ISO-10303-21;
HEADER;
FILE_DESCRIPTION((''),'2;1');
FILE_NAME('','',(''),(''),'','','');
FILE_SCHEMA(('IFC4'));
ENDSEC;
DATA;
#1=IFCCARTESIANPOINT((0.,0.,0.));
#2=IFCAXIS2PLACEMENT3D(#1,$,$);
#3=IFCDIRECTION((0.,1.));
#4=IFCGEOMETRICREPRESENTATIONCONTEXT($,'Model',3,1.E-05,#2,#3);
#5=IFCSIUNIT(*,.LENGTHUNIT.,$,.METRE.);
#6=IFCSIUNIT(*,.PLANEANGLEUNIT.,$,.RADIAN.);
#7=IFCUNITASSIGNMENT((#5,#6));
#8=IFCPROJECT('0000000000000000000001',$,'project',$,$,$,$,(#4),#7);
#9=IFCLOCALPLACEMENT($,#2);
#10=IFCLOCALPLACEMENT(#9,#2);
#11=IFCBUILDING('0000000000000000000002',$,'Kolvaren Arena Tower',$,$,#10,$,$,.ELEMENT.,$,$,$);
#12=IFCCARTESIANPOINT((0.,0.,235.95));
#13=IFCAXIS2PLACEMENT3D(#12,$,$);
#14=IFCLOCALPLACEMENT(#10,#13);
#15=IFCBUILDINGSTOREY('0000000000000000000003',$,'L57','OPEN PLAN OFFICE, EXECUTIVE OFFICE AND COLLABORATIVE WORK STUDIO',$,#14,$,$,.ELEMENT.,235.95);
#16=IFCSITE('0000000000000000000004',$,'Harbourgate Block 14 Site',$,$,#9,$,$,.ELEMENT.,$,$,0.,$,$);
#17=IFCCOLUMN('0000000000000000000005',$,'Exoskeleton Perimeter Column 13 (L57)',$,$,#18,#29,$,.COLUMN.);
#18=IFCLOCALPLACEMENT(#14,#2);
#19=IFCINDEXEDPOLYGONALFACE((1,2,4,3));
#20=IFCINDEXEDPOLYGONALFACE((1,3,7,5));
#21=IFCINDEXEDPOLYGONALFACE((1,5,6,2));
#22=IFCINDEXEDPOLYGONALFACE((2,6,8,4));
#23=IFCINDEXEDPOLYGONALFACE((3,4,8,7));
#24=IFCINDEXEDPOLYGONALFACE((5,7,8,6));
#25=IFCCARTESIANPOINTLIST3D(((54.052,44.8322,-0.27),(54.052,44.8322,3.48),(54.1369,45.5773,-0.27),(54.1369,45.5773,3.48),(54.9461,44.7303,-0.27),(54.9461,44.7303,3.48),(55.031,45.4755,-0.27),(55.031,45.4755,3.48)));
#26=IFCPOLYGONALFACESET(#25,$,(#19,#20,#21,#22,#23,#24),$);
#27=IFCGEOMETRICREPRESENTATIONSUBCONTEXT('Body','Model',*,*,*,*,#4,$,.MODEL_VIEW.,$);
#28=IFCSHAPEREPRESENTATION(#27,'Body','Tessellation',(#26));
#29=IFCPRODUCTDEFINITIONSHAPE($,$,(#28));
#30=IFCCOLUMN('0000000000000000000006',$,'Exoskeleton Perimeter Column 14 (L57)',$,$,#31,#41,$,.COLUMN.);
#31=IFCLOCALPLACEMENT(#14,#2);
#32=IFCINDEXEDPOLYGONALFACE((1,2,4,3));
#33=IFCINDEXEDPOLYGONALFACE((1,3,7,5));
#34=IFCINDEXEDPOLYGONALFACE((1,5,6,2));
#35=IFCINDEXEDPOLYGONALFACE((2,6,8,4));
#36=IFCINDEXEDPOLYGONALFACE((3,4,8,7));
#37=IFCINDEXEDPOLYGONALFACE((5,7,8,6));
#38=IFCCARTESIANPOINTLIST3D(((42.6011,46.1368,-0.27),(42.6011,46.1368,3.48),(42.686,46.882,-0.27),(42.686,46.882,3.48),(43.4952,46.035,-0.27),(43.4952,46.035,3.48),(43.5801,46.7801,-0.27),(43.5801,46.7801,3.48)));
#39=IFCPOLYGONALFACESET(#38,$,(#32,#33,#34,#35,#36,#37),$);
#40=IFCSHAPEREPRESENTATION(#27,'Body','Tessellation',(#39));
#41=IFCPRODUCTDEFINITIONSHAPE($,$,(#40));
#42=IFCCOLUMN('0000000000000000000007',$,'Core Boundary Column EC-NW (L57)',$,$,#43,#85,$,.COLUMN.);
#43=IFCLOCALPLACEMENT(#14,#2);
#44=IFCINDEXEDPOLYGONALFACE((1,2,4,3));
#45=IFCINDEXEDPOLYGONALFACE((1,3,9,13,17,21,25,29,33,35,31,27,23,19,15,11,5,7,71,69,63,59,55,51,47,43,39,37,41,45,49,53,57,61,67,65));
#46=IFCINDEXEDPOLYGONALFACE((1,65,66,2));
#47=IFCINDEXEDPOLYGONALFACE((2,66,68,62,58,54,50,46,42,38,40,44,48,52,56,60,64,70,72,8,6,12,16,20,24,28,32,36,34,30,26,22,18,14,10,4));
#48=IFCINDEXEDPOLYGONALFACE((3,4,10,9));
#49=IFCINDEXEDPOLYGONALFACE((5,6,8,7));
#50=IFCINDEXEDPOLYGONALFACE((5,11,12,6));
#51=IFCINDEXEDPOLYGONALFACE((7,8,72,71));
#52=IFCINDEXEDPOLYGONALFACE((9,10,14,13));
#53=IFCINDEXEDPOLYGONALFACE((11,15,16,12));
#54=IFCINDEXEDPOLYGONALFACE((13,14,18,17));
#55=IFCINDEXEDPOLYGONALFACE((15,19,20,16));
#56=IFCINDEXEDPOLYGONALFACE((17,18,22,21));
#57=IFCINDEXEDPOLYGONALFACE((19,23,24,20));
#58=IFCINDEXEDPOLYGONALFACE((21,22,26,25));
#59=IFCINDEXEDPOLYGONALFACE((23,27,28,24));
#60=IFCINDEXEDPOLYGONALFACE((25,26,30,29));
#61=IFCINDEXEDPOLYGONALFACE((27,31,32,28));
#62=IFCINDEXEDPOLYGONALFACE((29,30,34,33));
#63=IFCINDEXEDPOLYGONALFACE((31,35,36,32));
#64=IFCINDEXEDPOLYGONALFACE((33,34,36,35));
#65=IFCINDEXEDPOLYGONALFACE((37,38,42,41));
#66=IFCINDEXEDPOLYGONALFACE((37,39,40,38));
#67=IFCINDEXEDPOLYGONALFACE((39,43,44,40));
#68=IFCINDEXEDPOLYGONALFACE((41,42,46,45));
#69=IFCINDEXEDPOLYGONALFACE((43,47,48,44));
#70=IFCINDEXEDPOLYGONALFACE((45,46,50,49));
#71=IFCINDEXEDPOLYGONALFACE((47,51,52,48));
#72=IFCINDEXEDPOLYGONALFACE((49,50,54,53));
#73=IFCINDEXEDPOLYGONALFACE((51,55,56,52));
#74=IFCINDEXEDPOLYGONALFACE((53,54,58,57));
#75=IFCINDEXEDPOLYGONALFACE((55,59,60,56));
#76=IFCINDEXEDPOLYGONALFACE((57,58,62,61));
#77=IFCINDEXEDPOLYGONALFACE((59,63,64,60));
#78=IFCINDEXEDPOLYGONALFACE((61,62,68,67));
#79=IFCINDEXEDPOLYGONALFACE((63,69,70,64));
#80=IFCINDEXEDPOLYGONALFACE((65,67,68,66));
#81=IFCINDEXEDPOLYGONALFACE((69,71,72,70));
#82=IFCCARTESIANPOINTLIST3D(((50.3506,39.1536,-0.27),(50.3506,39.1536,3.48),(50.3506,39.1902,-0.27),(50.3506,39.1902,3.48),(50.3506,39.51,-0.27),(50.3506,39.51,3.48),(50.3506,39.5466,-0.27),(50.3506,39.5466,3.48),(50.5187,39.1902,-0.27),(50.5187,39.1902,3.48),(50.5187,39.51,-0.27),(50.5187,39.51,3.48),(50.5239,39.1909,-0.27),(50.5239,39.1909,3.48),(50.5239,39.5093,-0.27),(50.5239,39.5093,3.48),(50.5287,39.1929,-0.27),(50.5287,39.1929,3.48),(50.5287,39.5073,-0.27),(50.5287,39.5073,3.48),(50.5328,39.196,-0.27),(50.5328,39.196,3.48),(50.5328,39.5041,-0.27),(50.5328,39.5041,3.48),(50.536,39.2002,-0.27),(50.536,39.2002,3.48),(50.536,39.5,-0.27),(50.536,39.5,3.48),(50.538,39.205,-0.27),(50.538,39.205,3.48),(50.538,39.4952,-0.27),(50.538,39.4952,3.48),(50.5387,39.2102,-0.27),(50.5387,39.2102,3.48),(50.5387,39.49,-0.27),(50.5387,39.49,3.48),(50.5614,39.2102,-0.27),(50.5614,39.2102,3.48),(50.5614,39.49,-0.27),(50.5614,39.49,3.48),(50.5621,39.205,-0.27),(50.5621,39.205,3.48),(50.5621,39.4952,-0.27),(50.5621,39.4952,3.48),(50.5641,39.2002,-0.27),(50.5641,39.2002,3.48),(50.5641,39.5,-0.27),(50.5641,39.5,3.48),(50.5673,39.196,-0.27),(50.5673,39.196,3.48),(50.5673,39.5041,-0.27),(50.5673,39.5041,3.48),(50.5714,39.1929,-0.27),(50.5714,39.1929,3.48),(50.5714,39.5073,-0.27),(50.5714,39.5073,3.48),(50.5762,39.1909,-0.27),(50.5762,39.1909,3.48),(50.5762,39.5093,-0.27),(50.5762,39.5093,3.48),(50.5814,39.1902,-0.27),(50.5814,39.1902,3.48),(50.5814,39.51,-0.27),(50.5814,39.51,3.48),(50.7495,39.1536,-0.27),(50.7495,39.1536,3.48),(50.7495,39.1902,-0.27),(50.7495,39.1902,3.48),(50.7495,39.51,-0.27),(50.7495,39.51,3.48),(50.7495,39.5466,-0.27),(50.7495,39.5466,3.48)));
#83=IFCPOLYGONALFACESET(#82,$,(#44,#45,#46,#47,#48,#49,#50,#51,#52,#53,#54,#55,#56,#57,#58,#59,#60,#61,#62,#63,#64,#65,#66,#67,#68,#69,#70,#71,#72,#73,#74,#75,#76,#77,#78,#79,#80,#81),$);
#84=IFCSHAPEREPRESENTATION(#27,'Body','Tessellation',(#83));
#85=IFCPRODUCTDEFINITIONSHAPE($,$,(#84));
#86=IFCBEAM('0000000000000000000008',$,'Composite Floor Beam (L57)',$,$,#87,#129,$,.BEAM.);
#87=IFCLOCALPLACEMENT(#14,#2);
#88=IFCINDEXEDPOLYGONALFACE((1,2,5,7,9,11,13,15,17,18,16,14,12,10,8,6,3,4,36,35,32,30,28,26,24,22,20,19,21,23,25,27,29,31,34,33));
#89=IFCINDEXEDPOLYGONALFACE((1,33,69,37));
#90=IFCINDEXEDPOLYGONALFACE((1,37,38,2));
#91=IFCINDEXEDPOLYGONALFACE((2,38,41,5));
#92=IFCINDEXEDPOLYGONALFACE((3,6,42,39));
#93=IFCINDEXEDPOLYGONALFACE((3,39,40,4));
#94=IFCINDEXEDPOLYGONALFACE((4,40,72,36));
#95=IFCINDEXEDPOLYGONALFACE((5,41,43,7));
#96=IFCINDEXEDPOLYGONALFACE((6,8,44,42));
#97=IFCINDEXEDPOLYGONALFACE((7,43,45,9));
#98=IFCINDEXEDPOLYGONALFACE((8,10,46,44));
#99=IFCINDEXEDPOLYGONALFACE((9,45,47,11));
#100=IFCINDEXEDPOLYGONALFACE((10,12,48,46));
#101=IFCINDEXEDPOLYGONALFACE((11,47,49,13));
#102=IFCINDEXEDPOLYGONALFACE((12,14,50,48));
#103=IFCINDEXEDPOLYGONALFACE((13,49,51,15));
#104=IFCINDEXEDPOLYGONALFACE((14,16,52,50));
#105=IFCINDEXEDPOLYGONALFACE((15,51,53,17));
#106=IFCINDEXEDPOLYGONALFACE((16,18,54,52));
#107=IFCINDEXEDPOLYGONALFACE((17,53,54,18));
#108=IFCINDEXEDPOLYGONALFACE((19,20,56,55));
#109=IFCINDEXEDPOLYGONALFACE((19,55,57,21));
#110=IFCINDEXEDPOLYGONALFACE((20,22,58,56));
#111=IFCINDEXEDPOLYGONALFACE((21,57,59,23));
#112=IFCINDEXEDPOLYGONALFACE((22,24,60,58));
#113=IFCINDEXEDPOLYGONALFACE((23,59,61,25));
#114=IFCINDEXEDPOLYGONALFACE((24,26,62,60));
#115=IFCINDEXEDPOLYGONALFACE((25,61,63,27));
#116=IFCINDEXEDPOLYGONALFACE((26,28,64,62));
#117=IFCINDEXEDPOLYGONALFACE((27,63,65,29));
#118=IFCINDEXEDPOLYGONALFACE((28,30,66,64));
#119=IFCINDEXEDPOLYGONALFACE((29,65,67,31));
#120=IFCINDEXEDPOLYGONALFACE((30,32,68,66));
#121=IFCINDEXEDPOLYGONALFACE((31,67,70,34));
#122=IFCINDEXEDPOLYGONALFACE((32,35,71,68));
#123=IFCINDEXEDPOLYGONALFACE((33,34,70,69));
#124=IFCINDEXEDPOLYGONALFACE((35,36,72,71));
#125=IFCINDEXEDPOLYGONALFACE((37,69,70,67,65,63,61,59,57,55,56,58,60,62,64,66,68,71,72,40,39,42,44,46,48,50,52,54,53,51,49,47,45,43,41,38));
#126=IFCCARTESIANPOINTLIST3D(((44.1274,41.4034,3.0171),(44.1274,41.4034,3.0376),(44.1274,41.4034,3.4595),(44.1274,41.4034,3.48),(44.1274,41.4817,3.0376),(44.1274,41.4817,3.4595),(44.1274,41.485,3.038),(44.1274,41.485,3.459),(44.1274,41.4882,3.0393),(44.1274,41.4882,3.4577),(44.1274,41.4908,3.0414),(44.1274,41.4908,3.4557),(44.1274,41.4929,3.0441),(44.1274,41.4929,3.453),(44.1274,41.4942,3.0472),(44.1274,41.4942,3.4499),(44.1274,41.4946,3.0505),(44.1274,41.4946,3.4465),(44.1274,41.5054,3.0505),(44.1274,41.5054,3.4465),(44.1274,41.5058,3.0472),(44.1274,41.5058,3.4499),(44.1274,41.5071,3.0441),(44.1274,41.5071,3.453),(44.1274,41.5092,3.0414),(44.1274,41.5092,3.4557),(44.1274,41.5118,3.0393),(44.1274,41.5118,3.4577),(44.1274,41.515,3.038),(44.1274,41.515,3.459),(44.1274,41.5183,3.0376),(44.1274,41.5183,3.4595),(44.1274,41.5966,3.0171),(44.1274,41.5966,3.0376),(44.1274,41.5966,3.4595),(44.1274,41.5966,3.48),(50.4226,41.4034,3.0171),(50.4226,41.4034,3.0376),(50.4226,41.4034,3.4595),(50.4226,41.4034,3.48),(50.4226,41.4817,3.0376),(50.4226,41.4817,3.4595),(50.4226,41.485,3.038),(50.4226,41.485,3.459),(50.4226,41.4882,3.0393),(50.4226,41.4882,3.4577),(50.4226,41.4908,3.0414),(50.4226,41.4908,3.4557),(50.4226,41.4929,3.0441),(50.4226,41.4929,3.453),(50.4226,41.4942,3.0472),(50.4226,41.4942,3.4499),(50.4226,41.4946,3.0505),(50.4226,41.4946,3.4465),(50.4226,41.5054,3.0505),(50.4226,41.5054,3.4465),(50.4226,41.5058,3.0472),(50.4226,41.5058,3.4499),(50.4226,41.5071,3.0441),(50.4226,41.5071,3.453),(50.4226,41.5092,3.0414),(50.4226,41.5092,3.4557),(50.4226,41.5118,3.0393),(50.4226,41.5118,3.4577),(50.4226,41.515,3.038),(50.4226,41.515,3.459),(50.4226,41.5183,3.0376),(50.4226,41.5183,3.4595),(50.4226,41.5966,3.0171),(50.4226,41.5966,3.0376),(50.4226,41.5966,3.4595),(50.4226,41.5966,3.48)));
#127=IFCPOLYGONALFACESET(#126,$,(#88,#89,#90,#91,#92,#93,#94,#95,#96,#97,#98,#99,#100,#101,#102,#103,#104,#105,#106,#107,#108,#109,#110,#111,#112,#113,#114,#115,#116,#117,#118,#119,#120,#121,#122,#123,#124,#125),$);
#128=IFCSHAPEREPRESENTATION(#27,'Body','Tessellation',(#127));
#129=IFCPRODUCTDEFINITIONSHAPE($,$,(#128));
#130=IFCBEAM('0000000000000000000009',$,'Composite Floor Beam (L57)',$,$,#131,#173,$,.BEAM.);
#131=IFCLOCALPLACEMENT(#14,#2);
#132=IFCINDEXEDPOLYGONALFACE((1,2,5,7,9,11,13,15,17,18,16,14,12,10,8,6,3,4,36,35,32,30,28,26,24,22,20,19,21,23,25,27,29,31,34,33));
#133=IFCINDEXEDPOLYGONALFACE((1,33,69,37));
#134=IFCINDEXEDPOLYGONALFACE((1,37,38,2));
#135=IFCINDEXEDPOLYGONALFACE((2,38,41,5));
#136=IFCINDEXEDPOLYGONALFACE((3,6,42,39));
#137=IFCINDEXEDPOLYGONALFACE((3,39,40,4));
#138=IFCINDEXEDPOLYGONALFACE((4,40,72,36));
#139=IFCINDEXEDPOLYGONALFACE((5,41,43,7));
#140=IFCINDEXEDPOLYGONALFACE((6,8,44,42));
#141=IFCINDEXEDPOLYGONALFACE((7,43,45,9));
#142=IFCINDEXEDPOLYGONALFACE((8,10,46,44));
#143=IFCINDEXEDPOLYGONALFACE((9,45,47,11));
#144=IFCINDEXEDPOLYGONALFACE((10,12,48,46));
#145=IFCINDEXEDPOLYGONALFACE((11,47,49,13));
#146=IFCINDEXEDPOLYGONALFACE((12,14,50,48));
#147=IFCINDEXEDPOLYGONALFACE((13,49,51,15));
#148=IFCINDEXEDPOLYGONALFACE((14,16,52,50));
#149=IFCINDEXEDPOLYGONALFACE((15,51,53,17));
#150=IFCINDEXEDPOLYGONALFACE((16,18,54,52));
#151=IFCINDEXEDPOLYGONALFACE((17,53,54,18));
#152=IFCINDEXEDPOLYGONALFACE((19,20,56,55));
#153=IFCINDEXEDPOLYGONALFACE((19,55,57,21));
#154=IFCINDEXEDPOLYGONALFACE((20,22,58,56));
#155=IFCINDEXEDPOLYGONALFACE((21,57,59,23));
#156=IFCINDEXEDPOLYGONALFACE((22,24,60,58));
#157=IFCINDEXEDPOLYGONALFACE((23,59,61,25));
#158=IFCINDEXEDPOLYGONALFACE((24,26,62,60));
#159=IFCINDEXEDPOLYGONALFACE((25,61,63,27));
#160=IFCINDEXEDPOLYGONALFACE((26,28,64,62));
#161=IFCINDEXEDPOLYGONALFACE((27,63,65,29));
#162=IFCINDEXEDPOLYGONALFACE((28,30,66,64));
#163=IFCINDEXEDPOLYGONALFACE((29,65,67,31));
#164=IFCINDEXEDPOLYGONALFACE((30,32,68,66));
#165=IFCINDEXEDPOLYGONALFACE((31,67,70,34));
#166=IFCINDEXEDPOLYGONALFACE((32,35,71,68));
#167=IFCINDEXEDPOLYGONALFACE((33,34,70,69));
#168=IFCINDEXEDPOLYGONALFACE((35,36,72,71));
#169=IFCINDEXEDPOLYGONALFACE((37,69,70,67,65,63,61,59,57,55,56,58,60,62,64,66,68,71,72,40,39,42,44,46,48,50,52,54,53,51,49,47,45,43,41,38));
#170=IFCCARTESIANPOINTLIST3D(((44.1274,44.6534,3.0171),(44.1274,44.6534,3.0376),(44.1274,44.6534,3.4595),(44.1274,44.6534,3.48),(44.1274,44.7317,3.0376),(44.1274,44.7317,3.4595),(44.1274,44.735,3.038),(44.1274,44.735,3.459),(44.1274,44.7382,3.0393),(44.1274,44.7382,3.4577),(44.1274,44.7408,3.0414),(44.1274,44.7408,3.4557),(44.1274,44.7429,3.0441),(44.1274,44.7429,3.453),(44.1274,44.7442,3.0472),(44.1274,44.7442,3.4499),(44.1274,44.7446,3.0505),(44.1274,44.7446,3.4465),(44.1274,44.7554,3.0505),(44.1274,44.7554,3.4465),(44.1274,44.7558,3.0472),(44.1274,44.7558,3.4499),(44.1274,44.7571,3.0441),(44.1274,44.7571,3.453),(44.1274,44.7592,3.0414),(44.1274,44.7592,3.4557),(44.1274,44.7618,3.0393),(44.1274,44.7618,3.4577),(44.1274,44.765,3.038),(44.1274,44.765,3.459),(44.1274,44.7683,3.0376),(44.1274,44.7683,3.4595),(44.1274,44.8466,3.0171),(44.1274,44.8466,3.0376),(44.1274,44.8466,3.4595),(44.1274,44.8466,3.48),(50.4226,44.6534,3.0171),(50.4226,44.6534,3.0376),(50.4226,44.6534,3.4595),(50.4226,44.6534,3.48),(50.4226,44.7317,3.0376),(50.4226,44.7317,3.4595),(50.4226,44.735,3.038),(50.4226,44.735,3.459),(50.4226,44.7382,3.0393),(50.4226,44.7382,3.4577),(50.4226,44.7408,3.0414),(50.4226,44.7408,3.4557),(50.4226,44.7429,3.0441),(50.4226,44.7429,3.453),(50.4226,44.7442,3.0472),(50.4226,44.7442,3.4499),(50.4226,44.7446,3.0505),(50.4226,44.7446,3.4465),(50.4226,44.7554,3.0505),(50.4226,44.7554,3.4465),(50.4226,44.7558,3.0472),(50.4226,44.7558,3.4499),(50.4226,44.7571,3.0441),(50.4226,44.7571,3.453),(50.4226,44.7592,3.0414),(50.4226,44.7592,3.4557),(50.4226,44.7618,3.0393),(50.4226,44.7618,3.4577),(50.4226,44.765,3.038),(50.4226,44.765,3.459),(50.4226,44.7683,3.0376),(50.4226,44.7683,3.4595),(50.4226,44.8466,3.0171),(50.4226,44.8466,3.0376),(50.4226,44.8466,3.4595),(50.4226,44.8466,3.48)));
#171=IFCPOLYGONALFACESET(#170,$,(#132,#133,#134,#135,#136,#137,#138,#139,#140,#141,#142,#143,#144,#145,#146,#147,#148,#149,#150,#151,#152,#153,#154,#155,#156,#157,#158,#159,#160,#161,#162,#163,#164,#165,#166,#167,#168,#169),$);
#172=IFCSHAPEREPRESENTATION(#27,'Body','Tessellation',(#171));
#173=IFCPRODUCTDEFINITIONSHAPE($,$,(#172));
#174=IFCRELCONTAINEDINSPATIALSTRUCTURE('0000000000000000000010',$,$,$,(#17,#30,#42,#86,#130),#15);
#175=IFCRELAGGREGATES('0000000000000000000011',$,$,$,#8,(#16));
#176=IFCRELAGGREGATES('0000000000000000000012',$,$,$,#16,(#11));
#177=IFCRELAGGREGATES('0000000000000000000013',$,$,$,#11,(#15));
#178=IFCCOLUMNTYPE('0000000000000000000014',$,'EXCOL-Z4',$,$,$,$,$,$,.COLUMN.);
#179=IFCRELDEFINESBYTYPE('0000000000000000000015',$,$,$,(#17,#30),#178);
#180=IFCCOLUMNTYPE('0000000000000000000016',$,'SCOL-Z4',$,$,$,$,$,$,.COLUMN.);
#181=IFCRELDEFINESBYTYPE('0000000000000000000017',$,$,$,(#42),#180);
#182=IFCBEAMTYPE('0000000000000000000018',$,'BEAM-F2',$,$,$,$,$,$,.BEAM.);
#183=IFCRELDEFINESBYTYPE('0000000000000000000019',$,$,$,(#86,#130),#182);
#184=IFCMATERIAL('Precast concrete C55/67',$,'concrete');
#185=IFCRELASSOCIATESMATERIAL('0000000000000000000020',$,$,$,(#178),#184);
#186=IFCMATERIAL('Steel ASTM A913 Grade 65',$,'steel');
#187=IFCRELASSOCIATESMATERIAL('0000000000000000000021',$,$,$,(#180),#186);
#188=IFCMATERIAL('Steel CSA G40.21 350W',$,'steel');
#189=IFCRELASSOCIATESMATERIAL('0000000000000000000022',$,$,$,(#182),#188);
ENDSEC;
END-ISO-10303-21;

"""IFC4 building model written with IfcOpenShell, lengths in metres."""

from ifc_helpers import new_model, si_unit, direction, frame, origin, origin_2d, place, context, subcontext, project, spatial, rectangle, i_section, extrude, material, material_profile, profile_set, type_object, element, save


model = new_model("IFC4")

# Units and contexts
model_context = context("Model", 3, precision=1e-05, world=origin(), true_north=direction((0.0, 1.0)))
body_context = subcontext(model_context, "Body", "Model", "MODEL_VIEW")
ifc_project = project(units=[si_unit("LENGTHUNIT", "METRE"), si_unit("PLANEANGLEUNIT", "RADIAN")], contexts=[model_context])

# Site, building, storey
site_placement = place(None, origin())
site = spatial("IfcSite", under=ifc_project, at=site_placement, Name="Harbourgate Block 14 Site", CompositionType="ELEMENT", RefElevation=0.0)
building_placement = place(site_placement, origin())
building = spatial("IfcBuilding", under=site, at=building_placement, Name="Kolvaren Arena Tower", CompositionType="ELEMENT")
storey_placement = place(building_placement, frame((0.0, 0.0, 235.95)))
storey = spatial("IfcBuildingStorey", under=building, at=storey_placement, Name="L57", Description="OPEN PLAN OFFICE, EXECUTIVE OFFICE AND COLLABORATIVE WORK STUDIO", CompositionType="ELEMENT", Elevation=235.95)

# Columns
ifc_material_1 = material(Name="Precast concrete C55/67", Category="concrete")
ifc_material_profile_1 = material_profile(ifc_material_1, rectangle(XDim=0.8999, YDim=0.75, at=origin_2d()), Name="RC-900x750")
ifc_profile_set_1 = profile_set([ifc_material_profile_1], Name="Precast concrete C55/67")
column_type_1 = type_object("IfcColumnType", Name="EXCOL-Z4", PredefinedType="COLUMN", material=ifc_profile_set_1)
for number, where, z_axis, x_axis, name in (
    (1, (54.5415, 45.1538, -0.27), (0.0, 0.0, 1.0), (0.993572, -0.113203, 0.0), "Exoskeleton Perimeter Column 13 (L57)"),
    (2, (43.0906, 46.4585, -0.27), (0.0, 0.0, 1.0), (0.993572, -0.113203, 0.0), "Exoskeleton Perimeter Column 14 (L57)"),
):
    element("IfcColumn", number, at=place(storey_placement, frame(where, z_axis=z_axis, x_axis=x_axis)), inside=storey, type_object=column_type_1, Name=name, PredefinedType="COLUMN", context=body_context, shape_type="SweptSolid", body=[
        extrude(rectangle(XDim=0.8999, YDim=0.75, at=origin_2d()), origin(), (0.0, 0.0, 1.0), 3.75),
    ])
ifc_material_2 = material(Name="Steel ASTM A913 Grade 65", Category="steel")
ifc_material_profile_2 = material_profile(ifc_material_2, i_section(OverallWidth=0.3989, OverallDepth=0.3931, WebThickness=0.0227, FlangeThickness=0.0366, FilletRadius=0.02, at=origin_2d()), Name="W360x287")
ifc_profile_set_2 = profile_set([ifc_material_profile_2], Name="Steel ASTM A913 Grade 65")
column_type_2 = type_object("IfcColumnType", Name="SCOL-Z4", PredefinedType="COLUMN", material=ifc_profile_set_2)
column_placement = place(storey_placement, frame((50.55, 39.3501, -0.27), z_axis=(0.0, 0.0, 1.0), x_axis=(1.0, 0.0, 0.0)))
element("IfcColumn", 3, at=column_placement, inside=storey, type_object=column_type_2, Name="Core Boundary Column EC-NW (L57)", PredefinedType="COLUMN", context=body_context, shape_type="SweptSolid", body=[
    extrude(i_section(OverallWidth=0.3989, OverallDepth=0.3931, WebThickness=0.0227, FlangeThickness=0.0366, FilletRadius=0.02, at=origin_2d()), origin(), (0.0, 0.0, 1.0), 3.75),
])

# Beams
ifc_material_3 = material(Name="Steel CSA G40.21 350W", Category="steel")
ifc_material_profile_3 = material_profile(ifc_material_3, i_section(OverallWidth=0.1931, OverallDepth=0.4629, WebThickness=0.0107, FlangeThickness=0.0205, FilletRadius=0.0129, at=origin_2d()), Name="W460x113")
ifc_profile_set_3 = profile_set([ifc_material_profile_3], Name="Steel CSA G40.21 350W")
beam_type_1 = type_object("IfcBeamType", Name="BEAM-F2", PredefinedType="BEAM", material=ifc_profile_set_3)
for number, where, z_axis, x_axis, name in (
    (4, (44.1274, 41.5, 3.2485), (1.0, 0.0, 0.0), (0.0, 1.0, 0.0), "Composite Floor Beam (L57)"),
    (5, (44.1274, 44.75, 3.2485), (1.0, 0.0, 0.0), (0.0, 1.0, 0.0), "Composite Floor Beam (L57)"),
):
    element("IfcBeam", number, at=place(storey_placement, frame(where, z_axis=z_axis, x_axis=x_axis)), inside=storey, type_object=beam_type_1, Name=name, PredefinedType="BEAM", context=body_context, shape_type="SweptSolid", body=[
        extrude(i_section(OverallWidth=0.1931, OverallDepth=0.4629, WebThickness=0.0107, FlangeThickness=0.0205, FilletRadius=0.0129, at=origin_2d()), origin(), (0.0, 0.0, 1.0), 6.2952),
    ])

save(model, "model.ifc")
